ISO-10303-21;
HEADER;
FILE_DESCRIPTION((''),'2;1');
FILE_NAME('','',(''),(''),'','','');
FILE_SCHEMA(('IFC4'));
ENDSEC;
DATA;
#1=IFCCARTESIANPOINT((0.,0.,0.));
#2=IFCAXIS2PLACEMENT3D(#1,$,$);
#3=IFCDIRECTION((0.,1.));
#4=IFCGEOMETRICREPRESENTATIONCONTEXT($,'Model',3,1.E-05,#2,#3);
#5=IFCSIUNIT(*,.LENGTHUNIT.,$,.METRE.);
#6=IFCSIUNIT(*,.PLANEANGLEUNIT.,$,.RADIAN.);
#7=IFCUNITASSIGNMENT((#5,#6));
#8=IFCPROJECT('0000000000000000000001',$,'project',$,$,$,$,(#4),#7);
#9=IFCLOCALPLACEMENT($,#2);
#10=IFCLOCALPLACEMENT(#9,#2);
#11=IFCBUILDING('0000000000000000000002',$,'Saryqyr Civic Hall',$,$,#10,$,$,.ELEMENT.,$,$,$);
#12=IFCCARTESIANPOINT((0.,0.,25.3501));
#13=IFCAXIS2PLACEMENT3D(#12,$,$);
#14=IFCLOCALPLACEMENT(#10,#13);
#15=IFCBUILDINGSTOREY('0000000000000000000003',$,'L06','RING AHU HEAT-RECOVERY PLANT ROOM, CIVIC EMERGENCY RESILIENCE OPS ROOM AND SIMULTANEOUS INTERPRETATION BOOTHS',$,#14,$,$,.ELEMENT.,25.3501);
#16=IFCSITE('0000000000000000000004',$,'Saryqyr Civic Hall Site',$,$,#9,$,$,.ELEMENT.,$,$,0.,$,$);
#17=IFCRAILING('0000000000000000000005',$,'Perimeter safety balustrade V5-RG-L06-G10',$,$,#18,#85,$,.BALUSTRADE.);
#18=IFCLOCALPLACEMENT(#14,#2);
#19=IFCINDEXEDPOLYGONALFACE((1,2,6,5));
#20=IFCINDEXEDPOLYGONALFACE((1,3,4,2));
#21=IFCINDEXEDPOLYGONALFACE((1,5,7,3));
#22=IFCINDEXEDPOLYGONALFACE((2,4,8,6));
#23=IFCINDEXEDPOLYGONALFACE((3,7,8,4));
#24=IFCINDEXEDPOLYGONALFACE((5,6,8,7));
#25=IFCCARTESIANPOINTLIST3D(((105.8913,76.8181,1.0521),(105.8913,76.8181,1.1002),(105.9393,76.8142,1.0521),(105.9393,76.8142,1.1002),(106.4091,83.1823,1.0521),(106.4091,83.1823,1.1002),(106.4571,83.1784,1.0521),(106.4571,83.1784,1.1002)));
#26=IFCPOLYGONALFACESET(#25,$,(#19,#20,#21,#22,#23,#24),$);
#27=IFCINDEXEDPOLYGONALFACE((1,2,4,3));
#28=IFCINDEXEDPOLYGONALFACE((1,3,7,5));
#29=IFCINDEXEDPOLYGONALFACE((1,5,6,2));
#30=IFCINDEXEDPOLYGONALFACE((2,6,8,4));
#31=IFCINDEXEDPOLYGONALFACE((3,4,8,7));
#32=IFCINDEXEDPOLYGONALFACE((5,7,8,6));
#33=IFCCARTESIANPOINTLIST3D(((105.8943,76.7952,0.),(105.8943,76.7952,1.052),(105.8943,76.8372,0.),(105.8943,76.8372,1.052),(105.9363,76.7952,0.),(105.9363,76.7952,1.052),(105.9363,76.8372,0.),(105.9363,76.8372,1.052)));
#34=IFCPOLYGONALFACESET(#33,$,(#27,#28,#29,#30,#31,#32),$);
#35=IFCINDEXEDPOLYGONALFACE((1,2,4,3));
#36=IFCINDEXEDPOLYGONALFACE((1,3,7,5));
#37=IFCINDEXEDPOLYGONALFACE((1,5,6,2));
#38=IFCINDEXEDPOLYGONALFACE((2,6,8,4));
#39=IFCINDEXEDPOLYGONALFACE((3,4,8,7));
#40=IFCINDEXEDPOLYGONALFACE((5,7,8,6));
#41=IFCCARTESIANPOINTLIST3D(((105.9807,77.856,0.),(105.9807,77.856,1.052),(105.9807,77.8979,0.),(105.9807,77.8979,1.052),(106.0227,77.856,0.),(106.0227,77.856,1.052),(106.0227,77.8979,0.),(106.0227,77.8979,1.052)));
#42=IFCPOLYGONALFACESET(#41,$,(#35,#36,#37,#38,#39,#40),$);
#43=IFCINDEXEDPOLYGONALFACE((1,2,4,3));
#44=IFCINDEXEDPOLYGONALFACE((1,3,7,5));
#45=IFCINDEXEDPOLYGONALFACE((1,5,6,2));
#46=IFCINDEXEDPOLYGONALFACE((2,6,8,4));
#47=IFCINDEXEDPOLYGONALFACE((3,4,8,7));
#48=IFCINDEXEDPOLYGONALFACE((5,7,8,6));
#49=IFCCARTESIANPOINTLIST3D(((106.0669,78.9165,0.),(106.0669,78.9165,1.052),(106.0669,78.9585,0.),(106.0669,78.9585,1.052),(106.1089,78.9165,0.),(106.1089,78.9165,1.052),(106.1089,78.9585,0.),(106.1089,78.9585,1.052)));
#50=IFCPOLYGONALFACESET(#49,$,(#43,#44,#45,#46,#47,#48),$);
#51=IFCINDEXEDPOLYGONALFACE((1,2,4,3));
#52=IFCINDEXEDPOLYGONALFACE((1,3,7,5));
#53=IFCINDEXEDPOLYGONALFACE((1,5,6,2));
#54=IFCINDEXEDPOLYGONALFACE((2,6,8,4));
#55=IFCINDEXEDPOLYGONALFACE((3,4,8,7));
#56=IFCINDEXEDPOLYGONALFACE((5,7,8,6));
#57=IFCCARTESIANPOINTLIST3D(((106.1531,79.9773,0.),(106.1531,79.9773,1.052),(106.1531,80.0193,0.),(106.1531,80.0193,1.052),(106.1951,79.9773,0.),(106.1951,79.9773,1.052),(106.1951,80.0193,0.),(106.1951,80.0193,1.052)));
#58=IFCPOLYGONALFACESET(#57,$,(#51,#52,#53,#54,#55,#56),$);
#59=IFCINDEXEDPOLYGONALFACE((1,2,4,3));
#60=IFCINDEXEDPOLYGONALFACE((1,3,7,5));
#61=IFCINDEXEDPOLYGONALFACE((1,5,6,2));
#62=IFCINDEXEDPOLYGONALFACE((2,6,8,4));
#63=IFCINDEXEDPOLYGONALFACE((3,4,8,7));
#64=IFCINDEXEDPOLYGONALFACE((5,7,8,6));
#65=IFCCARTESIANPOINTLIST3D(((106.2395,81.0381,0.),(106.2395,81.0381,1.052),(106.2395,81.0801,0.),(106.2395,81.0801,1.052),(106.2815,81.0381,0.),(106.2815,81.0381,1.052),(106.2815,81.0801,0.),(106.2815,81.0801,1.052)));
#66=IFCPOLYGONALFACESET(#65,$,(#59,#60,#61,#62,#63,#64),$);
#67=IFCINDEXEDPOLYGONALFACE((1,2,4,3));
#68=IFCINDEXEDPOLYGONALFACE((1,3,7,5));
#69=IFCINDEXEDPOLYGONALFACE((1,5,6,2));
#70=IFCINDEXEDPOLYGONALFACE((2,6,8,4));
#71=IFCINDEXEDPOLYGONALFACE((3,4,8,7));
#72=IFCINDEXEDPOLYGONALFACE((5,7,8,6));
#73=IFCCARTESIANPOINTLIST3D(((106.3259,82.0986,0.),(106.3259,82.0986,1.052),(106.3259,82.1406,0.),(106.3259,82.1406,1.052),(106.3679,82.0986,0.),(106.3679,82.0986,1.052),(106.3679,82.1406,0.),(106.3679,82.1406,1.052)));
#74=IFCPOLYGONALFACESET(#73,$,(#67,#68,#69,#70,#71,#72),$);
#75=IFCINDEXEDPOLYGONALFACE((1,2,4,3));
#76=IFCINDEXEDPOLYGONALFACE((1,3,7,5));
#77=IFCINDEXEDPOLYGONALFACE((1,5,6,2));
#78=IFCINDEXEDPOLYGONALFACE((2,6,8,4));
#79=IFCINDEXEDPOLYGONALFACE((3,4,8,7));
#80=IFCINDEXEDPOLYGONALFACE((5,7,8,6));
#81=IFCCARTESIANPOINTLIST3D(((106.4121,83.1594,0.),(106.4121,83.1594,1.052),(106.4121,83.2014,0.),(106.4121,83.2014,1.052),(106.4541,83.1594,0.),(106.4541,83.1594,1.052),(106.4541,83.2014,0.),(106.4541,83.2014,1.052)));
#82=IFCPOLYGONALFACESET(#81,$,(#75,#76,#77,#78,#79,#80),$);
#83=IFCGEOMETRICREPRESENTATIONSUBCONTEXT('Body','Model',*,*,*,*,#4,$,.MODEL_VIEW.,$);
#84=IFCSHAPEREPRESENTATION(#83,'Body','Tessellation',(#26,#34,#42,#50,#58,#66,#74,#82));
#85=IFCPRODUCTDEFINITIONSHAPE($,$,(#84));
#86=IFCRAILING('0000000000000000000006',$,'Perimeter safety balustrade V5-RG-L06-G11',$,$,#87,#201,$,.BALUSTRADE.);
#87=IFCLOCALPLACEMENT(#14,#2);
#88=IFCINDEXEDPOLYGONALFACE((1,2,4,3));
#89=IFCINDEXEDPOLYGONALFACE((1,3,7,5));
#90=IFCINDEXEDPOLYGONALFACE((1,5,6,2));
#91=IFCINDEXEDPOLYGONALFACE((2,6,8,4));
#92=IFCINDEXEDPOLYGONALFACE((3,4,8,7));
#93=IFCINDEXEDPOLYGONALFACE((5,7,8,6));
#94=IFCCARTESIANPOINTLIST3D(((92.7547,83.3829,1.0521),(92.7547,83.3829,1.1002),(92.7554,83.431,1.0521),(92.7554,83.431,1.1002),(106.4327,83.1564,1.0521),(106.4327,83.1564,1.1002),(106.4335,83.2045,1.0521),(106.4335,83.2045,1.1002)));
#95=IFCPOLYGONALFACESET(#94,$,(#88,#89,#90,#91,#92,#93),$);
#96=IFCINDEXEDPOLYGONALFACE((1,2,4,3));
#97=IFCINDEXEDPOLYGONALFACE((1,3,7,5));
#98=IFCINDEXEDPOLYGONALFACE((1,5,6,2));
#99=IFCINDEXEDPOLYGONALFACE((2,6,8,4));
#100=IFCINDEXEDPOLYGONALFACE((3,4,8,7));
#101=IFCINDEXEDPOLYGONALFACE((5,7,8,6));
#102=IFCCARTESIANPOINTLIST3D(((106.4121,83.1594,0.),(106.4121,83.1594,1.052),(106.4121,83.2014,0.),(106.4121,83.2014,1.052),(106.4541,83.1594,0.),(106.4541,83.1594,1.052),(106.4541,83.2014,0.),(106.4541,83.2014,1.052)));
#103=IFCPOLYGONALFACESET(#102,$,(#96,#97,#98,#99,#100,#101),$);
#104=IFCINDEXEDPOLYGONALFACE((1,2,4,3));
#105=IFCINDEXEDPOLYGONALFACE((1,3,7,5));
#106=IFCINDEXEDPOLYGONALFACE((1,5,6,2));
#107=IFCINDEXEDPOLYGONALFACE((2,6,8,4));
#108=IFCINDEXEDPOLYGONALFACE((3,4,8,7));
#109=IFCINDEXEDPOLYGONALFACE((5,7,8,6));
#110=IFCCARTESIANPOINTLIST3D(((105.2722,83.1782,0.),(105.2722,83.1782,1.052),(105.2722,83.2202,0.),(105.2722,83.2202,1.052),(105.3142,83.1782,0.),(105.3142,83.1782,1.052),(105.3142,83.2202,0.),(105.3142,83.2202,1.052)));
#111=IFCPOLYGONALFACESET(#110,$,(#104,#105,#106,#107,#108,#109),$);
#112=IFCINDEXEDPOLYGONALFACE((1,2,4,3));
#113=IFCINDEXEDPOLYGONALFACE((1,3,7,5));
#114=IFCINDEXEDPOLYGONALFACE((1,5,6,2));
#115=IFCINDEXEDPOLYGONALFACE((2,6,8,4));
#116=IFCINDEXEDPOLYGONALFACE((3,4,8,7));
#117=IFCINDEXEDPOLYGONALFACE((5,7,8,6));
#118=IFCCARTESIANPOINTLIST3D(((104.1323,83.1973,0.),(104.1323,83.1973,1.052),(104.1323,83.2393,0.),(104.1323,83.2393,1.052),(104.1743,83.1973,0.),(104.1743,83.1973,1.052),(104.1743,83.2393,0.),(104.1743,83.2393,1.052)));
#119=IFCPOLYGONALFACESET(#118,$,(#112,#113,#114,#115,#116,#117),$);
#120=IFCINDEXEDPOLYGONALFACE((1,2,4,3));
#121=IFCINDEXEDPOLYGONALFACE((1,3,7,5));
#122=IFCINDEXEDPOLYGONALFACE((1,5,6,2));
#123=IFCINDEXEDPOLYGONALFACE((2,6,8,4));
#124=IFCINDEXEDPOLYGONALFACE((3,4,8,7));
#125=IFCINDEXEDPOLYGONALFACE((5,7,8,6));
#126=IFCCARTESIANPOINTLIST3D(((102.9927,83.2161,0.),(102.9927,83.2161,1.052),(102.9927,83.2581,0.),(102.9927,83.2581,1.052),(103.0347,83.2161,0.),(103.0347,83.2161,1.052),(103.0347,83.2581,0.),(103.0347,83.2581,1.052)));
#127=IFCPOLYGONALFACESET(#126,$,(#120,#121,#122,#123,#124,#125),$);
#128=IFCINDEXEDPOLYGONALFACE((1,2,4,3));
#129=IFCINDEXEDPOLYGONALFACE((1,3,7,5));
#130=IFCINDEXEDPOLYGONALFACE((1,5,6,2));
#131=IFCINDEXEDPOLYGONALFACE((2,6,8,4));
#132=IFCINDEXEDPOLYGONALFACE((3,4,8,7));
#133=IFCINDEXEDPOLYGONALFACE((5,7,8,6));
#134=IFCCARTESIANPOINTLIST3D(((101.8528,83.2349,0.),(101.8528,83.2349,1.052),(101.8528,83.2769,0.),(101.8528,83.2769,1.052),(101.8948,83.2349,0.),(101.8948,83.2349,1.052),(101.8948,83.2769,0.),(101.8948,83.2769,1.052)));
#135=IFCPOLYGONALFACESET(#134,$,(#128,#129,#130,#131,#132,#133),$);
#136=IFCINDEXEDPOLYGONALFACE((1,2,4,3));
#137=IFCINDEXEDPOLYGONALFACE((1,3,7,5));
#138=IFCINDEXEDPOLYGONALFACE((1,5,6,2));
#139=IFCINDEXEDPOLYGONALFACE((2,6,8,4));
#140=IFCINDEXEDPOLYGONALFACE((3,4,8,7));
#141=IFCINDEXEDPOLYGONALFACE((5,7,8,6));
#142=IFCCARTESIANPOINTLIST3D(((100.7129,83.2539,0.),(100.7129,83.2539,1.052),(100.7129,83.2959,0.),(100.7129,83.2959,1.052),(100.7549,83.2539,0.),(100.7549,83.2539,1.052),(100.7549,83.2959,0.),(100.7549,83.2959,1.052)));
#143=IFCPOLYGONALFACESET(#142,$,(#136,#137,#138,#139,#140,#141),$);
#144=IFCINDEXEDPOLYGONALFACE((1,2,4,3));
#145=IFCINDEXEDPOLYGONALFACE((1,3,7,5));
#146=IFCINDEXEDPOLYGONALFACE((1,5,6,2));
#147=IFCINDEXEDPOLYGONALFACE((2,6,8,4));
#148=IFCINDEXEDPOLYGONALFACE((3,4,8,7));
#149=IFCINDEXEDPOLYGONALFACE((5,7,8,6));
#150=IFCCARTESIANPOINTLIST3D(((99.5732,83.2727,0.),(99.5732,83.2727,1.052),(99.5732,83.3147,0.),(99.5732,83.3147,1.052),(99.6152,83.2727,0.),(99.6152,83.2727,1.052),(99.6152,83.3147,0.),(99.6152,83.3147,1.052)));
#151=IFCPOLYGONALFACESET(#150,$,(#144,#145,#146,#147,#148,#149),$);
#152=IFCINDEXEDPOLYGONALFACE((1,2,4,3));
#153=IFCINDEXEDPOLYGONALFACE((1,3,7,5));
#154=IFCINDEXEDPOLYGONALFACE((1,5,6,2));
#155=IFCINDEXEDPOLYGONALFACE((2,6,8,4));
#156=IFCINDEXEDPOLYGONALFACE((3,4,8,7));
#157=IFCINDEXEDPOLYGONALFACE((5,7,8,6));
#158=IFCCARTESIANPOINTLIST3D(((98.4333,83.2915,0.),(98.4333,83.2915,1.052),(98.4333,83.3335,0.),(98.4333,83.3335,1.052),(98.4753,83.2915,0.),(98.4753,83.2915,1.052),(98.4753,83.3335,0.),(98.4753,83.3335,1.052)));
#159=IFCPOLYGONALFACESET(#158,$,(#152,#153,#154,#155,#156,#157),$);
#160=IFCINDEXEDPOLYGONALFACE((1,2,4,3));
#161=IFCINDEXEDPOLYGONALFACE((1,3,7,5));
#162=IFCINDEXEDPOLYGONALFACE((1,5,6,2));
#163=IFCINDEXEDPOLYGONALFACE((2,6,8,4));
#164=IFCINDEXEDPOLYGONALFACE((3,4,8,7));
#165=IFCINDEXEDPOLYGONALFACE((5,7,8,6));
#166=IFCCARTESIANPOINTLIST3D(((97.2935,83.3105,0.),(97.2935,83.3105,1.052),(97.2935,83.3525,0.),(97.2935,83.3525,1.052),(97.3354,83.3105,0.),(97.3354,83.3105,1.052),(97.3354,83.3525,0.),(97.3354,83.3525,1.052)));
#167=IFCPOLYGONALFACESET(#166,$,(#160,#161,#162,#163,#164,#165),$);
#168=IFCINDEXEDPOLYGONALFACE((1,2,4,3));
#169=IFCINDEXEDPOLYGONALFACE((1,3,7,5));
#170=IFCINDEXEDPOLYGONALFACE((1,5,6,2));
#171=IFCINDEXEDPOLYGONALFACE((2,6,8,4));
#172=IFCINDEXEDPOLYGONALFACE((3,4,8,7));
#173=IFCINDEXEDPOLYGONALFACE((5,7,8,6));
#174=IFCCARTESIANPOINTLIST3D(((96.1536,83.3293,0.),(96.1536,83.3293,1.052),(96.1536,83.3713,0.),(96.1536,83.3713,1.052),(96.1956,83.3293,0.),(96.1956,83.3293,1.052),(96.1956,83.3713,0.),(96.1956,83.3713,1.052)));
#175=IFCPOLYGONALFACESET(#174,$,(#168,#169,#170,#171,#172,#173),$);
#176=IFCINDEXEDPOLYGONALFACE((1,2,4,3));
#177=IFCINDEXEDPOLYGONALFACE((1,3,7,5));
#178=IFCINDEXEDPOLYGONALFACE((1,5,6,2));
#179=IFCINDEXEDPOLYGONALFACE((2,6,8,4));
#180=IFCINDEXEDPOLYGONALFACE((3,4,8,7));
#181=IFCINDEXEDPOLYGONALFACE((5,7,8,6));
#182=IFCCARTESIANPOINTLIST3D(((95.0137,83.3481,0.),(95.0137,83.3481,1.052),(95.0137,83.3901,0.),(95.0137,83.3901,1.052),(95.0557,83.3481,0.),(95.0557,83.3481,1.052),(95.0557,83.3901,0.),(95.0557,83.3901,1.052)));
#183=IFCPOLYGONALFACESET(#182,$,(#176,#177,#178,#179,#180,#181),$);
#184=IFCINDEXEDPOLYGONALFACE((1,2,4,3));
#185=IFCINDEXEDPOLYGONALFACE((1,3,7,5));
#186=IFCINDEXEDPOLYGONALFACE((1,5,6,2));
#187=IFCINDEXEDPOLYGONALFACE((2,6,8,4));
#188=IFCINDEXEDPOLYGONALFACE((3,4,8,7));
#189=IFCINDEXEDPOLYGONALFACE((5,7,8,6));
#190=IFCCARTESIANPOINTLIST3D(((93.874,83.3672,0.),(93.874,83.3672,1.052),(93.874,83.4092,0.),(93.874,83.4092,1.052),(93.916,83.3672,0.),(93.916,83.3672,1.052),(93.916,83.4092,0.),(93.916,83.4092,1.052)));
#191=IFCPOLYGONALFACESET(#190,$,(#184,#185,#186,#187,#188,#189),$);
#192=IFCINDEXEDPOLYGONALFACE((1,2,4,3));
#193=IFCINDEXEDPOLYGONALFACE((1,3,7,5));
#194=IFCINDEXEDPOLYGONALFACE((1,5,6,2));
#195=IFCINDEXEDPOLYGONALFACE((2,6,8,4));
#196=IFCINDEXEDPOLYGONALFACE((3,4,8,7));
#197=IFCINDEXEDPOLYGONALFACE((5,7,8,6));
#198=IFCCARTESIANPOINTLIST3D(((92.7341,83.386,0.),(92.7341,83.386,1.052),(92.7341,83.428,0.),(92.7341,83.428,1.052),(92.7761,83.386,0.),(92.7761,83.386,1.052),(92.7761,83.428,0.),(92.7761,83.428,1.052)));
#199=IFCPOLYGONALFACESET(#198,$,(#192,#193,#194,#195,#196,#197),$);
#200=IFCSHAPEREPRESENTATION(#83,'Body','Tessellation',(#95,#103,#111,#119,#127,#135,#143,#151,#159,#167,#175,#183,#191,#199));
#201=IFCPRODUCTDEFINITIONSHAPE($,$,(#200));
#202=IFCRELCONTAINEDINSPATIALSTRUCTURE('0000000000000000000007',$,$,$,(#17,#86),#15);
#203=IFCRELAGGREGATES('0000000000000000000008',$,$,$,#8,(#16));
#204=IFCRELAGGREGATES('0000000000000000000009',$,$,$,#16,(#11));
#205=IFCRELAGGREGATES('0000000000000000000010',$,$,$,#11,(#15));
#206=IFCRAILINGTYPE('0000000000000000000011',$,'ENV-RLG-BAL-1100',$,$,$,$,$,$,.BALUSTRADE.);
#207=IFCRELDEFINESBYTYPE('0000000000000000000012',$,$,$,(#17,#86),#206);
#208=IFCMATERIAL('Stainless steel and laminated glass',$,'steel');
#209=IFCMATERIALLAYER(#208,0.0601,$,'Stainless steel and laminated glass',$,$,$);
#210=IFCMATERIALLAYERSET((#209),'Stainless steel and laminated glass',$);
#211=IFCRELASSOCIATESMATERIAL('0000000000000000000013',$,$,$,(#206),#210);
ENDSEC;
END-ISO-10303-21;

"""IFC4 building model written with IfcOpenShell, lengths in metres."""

from ifc_helpers import new_model, si_unit, direction, frame, origin, origin_2d, place, context, subcontext, project, spatial, rectangle, extrude, material, layer, layer_set, type_object, element, save


model = new_model("IFC4")

# Units and contexts
model_context = context("Model", 3, precision=1e-05, world=origin(), true_north=direction((0.0, 1.0)))
body_context = subcontext(model_context, "Body", "Model", "MODEL_VIEW")
ifc_project = project(units=[si_unit("LENGTHUNIT", "METRE"), si_unit("PLANEANGLEUNIT", "RADIAN")], contexts=[model_context])

# Site, building, storey
site_placement = place(None, origin())
site = spatial("IfcSite", under=ifc_project, at=site_placement, Name="Saryqyr Civic Hall Site", CompositionType="ELEMENT", RefElevation=0.0)
building_placement = place(site_placement, origin())
building = spatial("IfcBuilding", under=site, at=building_placement, Name="Saryqyr Civic Hall", CompositionType="ELEMENT")
storey_placement = place(building_placement, frame((0.0, 0.0, 25.3501)))
storey = spatial("IfcBuildingStorey", under=building, at=storey_placement, Name="L06", Description="RING AHU HEAT-RECOVERY PLANT ROOM, CIVIC EMERGENCY RESILIENCE OPS ROOM AND SIMULTANEOUS INTERPRETATION BOOTHS", CompositionType="ELEMENT", Elevation=25.3501)

# Railings
ifc_material_1 = material(Name="Stainless steel and laminated glass", Category="steel")
ifc_layer_1 = layer(ifc_material_1, 0.0601, Name="Stainless steel and laminated glass")
ifc_layer_set_1 = layer_set([ifc_layer_1], Name="Stainless steel and laminated glass")
railing_type_1 = type_object("IfcRailingType", Name="ENV-RLG-BAL-1100", PredefinedType="BALUSTRADE", material=ifc_layer_set_1)
railing_1_placement = place(storey_placement, frame((105.9153, 76.8162, 0.0)))
element("IfcRailing", 1, at=railing_1_placement, inside=storey, type_object=railing_type_1, Name="Perimeter safety balustrade V5-RG-L06-G10", PredefinedType="BALUSTRADE", context=body_context, shape_type="SweptSolid", body=[
    extrude(rectangle(XDim=0.0481, YDim=0.0481, at=origin_2d()), frame((0.0, 0.0, 1.0762), z_axis=(0.081096, 0.996706, 0.0), x_axis=(-0.996706, 0.081096, 0.0)), (0.0, 0.0, 1.0), 6.3853),
    extrude(rectangle(XDim=0.042, YDim=0.042, at=origin_2d()), origin(), (0.0, 0.0, 1.0), 1.052),
    extrude(rectangle(XDim=0.042, YDim=0.042, at=origin_2d()), frame((0.0864, 1.0608, 0.0)), (0.0, 0.0, 1.0), 1.052),
    extrude(rectangle(XDim=0.042, YDim=0.042, at=origin_2d()), frame((0.1726, 2.1213, 0.0)), (0.0, 0.0, 1.0), 1.052),
    extrude(rectangle(XDim=0.042, YDim=0.042, at=origin_2d()), frame((0.2588, 3.1821, 0.0)), (0.0, 0.0, 1.0), 1.052),
    extrude(rectangle(XDim=0.042, YDim=0.042, at=origin_2d()), frame((0.3452, 4.2429, 0.0)), (0.0, 0.0, 1.0), 1.052),
    extrude(rectangle(XDim=0.042, YDim=0.042, at=origin_2d()), frame((0.4316, 5.3035, 0.0)), (0.0, 0.0, 1.0), 1.052),
    extrude(rectangle(XDim=0.042, YDim=0.042, at=origin_2d()), frame((0.5178, 6.3643, 0.0)), (0.0, 0.0, 1.0), 1.052),
])
railing_2_placement = place(storey_placement, frame((106.4331, 83.1804, 0.0)))
element("IfcRailing", 2, at=railing_2_placement, inside=storey, type_object=railing_type_1, Name="Perimeter safety balustrade V5-RG-L06-G11", PredefinedType="BALUSTRADE", context=body_context, shape_type="SweptSolid", body=[
    extrude(rectangle(XDim=0.0481, YDim=0.0481, at=origin_2d()), frame((0.0, 0.0, 1.0762), z_axis=(-0.999863, 0.016562, 0.0), x_axis=(-0.016562, -0.999863, 0.0)), (0.0, 0.0, 1.0), 13.6799),
    extrude(rectangle(XDim=0.042, YDim=0.042, at=origin_2d()), origin(), (0.0, 0.0, 1.0), 1.052),
    extrude(rectangle(XDim=0.042, YDim=0.042, at=origin_2d()), frame((-1.1399, 0.0188, 0.0)), (0.0, 0.0, 1.0), 1.052),
    extrude(rectangle(XDim=0.042, YDim=0.042, at=origin_2d()), frame((-2.2798, 0.0378, 0.0)), (0.0, 0.0, 1.0), 1.052),
    extrude(rectangle(XDim=0.042, YDim=0.042, at=origin_2d()), frame((-3.4194, 0.0566, 0.0)), (0.0, 0.0, 1.0), 1.052),
    extrude(rectangle(XDim=0.042, YDim=0.042, at=origin_2d()), frame((-4.5593, 0.0754, 0.0)), (0.0, 0.0, 1.0), 1.052),
    extrude(rectangle(XDim=0.042, YDim=0.042, at=origin_2d()), frame((-5.6992, 0.0945, 0.0)), (0.0, 0.0, 1.0), 1.052),
    extrude(rectangle(XDim=0.042, YDim=0.042, at=origin_2d()), frame((-6.8389, 0.1133, 0.0)), (0.0, 0.0, 1.0), 1.052),
    extrude(rectangle(XDim=0.042, YDim=0.042, at=origin_2d()), frame((-7.9788, 0.1321, 0.0)), (0.0, 0.0, 1.0), 1.052),
    extrude(rectangle(XDim=0.042, YDim=0.042, at=origin_2d()), frame((-9.1187, 0.1511, 0.0)), (0.0, 0.0, 1.0), 1.052),
    extrude(rectangle(XDim=0.042, YDim=0.042, at=origin_2d()), frame((-10.2585, 0.1699, 0.0)), (0.0, 0.0, 1.0), 1.052),
    extrude(rectangle(XDim=0.042, YDim=0.042, at=origin_2d()), frame((-11.3984, 0.1887, 0.0)), (0.0, 0.0, 1.0), 1.052),
    extrude(rectangle(XDim=0.042, YDim=0.042, at=origin_2d()), frame((-12.5381, 0.2078, 0.0)), (0.0, 0.0, 1.0), 1.052),
    extrude(rectangle(XDim=0.042, YDim=0.042, at=origin_2d()), frame((-13.678, 0.2266, 0.0)), (0.0, 0.0, 1.0), 1.052),
])

save(model, "model.ifc")
